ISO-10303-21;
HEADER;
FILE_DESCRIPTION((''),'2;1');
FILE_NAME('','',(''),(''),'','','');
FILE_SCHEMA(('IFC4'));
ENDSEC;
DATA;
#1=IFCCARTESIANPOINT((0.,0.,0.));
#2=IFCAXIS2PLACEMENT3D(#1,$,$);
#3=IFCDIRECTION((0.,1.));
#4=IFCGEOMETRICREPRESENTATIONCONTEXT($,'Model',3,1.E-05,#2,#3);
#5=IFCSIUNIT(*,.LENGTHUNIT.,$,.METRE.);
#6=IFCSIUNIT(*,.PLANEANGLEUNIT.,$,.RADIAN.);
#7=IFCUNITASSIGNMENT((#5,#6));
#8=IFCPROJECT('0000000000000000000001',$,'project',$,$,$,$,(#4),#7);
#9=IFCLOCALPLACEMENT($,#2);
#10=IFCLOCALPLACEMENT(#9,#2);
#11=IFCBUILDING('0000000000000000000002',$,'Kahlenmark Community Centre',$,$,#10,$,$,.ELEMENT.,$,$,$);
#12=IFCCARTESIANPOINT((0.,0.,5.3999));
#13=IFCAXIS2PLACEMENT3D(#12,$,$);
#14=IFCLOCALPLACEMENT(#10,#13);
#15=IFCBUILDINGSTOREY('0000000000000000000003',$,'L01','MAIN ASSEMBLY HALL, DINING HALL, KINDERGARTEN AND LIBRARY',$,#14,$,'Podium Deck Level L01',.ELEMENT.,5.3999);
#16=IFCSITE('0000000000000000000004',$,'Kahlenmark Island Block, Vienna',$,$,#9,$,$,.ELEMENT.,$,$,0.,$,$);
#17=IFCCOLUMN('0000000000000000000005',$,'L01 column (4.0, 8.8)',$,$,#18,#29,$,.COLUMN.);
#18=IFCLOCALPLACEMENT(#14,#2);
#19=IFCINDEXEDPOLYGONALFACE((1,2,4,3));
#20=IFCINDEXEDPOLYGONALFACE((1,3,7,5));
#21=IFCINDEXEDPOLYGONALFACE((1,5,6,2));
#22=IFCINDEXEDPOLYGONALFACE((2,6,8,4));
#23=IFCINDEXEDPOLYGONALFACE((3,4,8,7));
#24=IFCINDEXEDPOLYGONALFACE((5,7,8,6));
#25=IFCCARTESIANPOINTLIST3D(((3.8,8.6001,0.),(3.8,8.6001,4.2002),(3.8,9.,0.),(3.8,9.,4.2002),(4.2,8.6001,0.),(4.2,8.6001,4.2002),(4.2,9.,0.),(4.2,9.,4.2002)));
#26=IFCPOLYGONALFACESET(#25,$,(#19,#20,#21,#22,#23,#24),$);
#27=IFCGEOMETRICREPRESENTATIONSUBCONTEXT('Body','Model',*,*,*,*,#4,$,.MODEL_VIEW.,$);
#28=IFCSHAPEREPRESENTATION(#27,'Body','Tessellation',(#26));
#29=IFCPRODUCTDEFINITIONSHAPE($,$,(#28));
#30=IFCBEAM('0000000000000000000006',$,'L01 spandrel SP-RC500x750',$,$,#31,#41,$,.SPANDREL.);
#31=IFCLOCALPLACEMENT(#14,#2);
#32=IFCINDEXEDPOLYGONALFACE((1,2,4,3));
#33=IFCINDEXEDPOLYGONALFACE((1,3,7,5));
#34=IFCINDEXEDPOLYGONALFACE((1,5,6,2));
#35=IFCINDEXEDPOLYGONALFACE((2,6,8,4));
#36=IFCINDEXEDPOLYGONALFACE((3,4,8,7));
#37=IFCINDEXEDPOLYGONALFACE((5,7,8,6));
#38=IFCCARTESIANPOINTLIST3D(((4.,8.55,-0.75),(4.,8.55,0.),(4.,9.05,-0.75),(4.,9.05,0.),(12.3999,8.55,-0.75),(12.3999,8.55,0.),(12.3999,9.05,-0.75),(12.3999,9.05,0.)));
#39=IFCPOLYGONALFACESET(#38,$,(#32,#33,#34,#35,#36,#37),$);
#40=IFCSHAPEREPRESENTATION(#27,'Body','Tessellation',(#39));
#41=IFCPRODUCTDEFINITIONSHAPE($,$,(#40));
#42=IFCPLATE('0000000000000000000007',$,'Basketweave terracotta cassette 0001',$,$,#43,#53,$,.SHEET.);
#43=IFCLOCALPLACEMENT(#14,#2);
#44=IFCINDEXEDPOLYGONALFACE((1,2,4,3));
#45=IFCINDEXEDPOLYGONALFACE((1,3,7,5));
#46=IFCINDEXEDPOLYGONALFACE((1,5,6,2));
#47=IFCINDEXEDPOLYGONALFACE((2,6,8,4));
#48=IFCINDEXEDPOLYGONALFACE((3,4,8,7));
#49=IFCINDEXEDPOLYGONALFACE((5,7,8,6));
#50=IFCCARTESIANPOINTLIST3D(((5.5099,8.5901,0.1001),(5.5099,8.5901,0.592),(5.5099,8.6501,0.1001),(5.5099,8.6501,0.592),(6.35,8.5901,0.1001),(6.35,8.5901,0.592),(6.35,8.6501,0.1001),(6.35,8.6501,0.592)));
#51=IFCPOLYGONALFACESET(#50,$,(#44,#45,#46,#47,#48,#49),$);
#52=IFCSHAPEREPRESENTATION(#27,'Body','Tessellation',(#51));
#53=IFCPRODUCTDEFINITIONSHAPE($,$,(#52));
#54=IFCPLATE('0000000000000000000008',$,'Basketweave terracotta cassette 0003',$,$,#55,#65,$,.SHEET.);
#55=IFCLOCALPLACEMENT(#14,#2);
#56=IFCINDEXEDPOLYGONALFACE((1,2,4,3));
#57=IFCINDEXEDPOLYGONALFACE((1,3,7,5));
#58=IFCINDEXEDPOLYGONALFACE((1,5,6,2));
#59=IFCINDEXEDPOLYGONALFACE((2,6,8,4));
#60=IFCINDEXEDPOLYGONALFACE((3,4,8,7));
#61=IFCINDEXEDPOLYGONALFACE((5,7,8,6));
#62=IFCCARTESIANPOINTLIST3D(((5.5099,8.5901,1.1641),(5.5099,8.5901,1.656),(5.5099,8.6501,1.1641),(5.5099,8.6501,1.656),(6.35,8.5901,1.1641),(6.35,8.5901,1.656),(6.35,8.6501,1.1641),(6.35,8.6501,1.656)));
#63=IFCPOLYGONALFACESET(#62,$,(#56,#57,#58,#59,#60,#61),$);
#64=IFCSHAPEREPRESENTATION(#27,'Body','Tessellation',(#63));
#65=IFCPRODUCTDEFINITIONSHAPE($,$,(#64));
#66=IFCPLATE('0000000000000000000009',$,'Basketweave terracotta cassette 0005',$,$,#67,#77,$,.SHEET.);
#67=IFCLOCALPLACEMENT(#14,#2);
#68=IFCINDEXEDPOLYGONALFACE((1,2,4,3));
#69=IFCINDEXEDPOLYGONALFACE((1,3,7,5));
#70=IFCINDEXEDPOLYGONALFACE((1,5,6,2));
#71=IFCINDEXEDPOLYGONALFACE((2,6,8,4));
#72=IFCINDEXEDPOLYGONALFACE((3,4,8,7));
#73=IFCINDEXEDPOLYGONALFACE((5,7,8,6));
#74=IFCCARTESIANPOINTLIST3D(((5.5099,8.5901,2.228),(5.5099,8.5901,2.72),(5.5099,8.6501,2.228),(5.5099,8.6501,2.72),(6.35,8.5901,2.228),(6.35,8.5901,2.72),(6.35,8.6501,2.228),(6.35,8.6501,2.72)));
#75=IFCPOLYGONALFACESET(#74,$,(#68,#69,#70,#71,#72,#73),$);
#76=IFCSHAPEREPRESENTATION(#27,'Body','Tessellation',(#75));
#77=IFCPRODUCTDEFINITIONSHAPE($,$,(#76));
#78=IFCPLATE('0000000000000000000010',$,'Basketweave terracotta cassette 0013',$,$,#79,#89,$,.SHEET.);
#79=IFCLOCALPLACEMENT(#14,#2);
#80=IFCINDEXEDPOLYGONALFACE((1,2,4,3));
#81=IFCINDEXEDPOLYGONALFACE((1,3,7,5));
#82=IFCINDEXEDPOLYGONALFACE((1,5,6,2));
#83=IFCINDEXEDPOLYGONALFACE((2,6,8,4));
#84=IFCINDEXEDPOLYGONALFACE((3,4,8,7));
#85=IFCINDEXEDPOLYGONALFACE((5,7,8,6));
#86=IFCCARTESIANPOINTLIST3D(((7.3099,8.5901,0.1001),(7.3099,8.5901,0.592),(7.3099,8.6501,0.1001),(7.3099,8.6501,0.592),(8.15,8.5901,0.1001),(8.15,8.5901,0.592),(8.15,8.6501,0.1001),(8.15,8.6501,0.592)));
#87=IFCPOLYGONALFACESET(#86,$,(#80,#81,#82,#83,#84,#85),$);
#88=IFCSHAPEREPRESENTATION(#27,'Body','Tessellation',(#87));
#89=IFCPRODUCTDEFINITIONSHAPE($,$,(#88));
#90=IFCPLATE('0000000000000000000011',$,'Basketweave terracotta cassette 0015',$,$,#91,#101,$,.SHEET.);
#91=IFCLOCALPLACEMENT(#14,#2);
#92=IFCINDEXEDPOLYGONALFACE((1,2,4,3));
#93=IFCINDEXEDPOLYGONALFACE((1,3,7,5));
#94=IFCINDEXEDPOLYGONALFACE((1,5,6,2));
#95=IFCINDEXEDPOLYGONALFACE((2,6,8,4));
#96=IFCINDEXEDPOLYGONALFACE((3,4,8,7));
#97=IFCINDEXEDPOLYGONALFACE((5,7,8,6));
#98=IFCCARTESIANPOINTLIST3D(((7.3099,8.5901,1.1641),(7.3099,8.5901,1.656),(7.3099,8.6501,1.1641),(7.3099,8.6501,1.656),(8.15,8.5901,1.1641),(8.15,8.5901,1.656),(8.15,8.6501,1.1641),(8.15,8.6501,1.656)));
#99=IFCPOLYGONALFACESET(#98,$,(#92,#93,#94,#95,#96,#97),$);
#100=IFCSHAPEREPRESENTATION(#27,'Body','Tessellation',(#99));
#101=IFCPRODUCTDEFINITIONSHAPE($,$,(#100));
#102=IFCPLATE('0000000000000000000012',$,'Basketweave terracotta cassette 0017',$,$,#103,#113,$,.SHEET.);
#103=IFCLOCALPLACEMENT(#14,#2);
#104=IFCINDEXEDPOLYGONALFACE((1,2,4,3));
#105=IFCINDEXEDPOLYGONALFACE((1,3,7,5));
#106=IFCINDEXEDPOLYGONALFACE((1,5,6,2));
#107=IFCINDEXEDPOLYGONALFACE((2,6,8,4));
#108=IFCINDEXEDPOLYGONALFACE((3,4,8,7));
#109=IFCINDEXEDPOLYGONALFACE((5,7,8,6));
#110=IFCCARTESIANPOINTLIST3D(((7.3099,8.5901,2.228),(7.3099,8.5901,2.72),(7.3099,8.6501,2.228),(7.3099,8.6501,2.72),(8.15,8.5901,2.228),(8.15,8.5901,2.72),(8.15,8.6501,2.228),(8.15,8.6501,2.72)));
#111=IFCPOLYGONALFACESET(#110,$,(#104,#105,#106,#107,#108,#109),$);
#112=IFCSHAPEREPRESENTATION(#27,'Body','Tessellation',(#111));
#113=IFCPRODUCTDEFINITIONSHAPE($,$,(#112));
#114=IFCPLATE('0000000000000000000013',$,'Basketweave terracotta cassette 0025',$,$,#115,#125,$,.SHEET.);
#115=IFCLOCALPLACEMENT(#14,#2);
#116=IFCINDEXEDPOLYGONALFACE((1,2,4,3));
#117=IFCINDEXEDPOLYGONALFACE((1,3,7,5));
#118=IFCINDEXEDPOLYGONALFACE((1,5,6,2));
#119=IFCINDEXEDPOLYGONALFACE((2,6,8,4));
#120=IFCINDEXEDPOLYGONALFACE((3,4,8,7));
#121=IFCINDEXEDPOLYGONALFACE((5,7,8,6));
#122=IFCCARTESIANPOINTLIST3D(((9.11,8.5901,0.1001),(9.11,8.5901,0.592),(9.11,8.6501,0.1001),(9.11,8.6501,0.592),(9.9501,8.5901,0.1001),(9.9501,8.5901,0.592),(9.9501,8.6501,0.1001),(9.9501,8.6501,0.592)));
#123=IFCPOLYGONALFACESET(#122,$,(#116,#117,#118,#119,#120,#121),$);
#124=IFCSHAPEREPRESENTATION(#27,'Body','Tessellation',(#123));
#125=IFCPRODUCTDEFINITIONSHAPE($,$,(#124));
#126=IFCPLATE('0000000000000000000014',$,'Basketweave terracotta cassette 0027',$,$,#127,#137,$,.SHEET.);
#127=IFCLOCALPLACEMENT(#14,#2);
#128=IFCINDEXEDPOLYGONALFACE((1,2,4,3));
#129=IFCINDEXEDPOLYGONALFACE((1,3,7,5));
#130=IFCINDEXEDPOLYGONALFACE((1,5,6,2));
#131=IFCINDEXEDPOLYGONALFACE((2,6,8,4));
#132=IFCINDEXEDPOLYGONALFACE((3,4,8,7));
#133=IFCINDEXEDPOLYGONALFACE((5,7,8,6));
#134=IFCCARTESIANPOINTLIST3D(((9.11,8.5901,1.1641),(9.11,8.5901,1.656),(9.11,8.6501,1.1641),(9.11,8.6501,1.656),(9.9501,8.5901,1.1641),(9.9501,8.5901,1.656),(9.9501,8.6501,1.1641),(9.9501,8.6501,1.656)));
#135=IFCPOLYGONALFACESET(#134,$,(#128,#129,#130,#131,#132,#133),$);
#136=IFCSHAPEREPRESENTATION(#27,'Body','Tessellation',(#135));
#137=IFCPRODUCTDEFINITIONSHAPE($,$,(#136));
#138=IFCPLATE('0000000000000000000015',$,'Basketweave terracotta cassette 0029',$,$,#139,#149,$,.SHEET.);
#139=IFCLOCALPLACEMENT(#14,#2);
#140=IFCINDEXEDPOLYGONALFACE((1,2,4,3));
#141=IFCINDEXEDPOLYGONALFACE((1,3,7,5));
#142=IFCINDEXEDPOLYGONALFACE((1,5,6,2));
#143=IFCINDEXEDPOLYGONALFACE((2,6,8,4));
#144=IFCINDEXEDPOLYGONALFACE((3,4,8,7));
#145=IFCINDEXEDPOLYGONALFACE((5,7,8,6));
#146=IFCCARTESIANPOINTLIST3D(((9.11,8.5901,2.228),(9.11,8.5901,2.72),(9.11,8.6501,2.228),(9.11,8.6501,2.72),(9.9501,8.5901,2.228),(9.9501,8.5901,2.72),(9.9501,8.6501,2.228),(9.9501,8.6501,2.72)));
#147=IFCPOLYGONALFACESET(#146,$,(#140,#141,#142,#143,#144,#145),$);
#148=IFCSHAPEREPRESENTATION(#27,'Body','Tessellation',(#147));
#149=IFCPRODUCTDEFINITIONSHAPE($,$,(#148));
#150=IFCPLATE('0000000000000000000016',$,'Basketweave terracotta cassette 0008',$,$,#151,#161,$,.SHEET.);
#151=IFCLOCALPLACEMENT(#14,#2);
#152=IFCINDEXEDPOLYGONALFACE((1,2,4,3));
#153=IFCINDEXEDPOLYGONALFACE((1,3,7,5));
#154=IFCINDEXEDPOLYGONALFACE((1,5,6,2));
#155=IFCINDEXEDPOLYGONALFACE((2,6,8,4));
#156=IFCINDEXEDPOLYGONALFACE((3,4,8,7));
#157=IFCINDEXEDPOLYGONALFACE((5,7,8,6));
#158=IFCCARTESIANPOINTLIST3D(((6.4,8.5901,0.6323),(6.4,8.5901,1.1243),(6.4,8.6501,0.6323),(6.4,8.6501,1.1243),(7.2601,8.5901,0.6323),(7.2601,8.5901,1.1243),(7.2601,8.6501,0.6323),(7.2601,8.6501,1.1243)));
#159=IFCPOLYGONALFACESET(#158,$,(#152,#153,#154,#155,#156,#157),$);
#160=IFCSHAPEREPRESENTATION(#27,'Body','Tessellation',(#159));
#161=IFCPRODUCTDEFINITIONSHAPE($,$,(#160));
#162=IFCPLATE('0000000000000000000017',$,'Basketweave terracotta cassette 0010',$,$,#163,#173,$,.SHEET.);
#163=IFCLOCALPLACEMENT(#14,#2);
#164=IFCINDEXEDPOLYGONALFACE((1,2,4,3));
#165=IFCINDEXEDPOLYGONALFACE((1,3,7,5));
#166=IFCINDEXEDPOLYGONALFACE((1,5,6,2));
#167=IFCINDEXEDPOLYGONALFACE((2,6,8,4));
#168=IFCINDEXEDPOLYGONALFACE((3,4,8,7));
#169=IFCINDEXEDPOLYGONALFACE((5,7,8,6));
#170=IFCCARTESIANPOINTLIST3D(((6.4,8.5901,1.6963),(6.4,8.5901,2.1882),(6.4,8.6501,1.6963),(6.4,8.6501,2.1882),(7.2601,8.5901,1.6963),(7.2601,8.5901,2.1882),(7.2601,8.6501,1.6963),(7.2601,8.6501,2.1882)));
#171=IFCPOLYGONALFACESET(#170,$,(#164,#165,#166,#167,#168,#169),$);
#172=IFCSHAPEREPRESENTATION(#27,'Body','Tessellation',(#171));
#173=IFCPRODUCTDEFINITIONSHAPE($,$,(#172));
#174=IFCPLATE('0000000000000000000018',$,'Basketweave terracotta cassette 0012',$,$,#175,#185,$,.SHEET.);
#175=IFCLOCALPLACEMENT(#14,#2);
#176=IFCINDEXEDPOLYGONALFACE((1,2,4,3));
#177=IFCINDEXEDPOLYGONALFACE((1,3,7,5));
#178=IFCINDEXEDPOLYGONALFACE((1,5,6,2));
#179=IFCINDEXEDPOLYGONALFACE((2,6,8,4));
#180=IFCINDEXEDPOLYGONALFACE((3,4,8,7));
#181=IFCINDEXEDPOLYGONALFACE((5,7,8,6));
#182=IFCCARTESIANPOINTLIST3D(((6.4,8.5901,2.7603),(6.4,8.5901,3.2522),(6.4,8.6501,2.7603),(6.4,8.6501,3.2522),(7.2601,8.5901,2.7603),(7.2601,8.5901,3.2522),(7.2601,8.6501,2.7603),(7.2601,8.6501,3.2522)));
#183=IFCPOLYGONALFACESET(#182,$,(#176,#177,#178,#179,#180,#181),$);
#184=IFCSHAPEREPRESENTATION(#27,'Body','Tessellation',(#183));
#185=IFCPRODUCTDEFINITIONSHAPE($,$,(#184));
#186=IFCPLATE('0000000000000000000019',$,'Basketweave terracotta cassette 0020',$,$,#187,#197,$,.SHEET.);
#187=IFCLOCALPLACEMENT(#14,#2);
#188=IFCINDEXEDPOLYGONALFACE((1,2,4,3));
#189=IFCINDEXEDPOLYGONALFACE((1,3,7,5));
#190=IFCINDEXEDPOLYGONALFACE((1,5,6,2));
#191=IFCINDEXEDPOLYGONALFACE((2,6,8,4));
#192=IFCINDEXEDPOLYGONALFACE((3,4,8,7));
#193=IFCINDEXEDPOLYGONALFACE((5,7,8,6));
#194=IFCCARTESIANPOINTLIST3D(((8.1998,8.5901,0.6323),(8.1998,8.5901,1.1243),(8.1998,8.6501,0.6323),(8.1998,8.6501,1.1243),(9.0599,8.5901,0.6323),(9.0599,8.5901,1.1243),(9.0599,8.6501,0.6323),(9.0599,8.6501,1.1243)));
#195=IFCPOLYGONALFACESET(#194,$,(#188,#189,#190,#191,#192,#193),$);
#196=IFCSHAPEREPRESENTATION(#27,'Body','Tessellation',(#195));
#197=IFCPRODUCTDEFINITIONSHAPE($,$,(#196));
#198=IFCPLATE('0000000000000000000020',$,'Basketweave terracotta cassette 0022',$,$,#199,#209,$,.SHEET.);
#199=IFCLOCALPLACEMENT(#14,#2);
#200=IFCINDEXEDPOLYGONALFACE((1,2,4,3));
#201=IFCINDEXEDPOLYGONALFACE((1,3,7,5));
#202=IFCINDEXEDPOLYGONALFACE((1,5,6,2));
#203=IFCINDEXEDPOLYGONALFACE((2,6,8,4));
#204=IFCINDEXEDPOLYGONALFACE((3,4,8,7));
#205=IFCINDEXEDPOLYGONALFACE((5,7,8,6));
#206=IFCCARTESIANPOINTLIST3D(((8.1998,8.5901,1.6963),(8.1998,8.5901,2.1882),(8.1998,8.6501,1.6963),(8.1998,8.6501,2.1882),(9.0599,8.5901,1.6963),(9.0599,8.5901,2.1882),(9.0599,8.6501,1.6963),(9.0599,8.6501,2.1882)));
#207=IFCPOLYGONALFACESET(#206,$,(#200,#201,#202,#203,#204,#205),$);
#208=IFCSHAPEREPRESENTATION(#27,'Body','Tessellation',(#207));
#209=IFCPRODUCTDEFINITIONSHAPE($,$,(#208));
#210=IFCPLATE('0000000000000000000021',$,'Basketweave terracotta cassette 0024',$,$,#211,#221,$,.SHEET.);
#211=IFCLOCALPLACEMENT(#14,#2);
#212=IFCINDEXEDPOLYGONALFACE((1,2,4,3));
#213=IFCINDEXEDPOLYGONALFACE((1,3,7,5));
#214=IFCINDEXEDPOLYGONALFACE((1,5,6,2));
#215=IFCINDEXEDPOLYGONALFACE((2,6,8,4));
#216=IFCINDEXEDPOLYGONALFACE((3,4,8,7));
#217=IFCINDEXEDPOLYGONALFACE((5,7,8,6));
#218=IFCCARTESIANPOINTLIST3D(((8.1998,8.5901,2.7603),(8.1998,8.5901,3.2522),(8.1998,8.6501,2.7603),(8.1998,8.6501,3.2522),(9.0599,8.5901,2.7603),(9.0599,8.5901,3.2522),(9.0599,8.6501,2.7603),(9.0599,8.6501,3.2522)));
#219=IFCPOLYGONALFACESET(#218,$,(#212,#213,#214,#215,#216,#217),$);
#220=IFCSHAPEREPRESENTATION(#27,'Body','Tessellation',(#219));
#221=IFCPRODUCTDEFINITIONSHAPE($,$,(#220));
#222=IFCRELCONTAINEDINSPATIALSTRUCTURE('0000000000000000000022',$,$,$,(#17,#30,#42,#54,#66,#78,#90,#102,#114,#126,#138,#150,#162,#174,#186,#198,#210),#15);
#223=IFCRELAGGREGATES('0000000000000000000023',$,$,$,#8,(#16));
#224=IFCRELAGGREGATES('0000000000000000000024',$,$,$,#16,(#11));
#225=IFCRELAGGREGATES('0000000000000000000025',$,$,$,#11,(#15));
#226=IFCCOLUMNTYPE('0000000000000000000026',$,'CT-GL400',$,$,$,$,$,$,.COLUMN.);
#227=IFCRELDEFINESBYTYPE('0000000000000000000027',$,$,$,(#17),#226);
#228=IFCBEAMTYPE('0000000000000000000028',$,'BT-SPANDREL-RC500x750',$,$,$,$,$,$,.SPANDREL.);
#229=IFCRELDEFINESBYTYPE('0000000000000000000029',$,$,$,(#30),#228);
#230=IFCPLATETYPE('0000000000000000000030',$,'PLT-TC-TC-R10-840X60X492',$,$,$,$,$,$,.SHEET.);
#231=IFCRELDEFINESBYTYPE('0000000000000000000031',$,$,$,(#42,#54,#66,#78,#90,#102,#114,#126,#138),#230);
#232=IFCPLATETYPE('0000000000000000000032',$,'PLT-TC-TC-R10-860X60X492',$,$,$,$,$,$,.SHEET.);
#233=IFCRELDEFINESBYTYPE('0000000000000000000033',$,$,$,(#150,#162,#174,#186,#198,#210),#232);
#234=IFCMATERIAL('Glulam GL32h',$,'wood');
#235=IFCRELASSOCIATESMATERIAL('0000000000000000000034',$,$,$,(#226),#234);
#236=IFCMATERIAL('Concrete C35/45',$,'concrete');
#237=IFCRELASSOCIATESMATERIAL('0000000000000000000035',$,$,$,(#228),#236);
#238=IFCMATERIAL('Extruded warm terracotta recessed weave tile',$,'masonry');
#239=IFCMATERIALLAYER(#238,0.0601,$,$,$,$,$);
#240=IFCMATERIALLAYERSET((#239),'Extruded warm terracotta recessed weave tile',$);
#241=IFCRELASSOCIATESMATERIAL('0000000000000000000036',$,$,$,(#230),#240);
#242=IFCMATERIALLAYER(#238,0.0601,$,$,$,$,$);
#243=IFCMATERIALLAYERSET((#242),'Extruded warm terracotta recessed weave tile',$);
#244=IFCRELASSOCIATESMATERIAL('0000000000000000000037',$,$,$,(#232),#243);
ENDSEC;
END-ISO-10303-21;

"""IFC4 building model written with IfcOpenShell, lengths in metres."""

from ifc_helpers import new_model, si_unit, direction, frame, origin, origin_2d, place, context, subcontext, project, spatial, rectangle, extrude, material, layer, layer_set, material_profile, profile_set, type_object, element, save


model = new_model("IFC4")

# Units and contexts
model_context = context("Model", 3, precision=1e-05, world=origin(), true_north=direction((0.0, 1.0)))
body_context = subcontext(model_context, "Body", "Model", "MODEL_VIEW")
ifc_project = project(units=[si_unit("LENGTHUNIT", "METRE"), si_unit("PLANEANGLEUNIT", "RADIAN")], contexts=[model_context])

# Site, building, storey
site_placement = place(None, origin())
site = spatial("IfcSite", under=ifc_project, at=site_placement, Name="Kahlenmark Island Block, Vienna", CompositionType="ELEMENT", RefElevation=0.0)
building_placement = place(site_placement, origin())
building = spatial("IfcBuilding", under=site, at=building_placement, Name="Kahlenmark Community Centre", CompositionType="ELEMENT")
storey_placement = place(building_placement, frame((0.0, 0.0, 5.3999)))
storey = spatial("IfcBuildingStorey", under=building, at=storey_placement, Name="L01", Description="MAIN ASSEMBLY HALL, DINING HALL, KINDERGARTEN AND LIBRARY", LongName="Podium Deck Level L01", CompositionType="ELEMENT", Elevation=5.3999)

# Column
ifc_material_1 = material(Name="Glulam GL32h", Category="wood")
ifc_material_profile_1 = material_profile(ifc_material_1, rectangle(XDim=0.3999, YDim=0.3999, at=origin_2d()), Name="GL32h 400x400")
ifc_profile_set_1 = profile_set([ifc_material_profile_1], Name="Glulam GL32h")
column_type = type_object("IfcColumnType", Name="CT-GL400", PredefinedType="COLUMN", material=ifc_profile_set_1)
column_placement = place(storey_placement, frame((4.0, 8.8, 0.0), z_axis=(0.0, 0.0, 1.0), x_axis=(1.0, 0.0, 0.0)))
element("IfcColumn", 1, at=column_placement, inside=storey, type_object=column_type, Name="L01 column (4.0, 8.8)", PredefinedType="COLUMN", context=body_context, shape_type="SweptSolid", body=[
    extrude(rectangle(XDim=0.3999, YDim=0.3999, at=origin_2d()), origin(), (0.0, 0.0, 1.0), 4.2002),
])

# Beam
ifc_material_2 = material(Name="Concrete C35/45", Category="concrete")
ifc_material_profile_2 = material_profile(ifc_material_2, rectangle(XDim=0.5, YDim=0.75, at=origin_2d()), Name="RC 500x750")
ifc_profile_set_2 = profile_set([ifc_material_profile_2], Name="Concrete C35/45")
beam_type = type_object("IfcBeamType", Name="BT-SPANDREL-RC500x750", PredefinedType="SPANDREL", material=ifc_profile_set_2)
beam_placement = place(storey_placement, frame((4.0, 8.8, -0.375), z_axis=(1.0, 0.0, 0.0), x_axis=(0.0, 1.0, 0.0)))
element("IfcBeam", 2, at=beam_placement, inside=storey, type_object=beam_type, Name="L01 spandrel SP-RC500x750", PredefinedType="SPANDREL", context=body_context, shape_type="SweptSolid", body=[
    extrude(rectangle(XDim=0.5, YDim=0.75, at=origin_2d()), origin(), (0.0, 0.0, 1.0), 8.3999),
])

# Plates
ifc_material_3 = material(Name="Extruded warm terracotta recessed weave tile", Category="masonry")
ifc_layer_1 = layer(ifc_material_3, 0.0601)
ifc_layer_set_1 = layer_set([ifc_layer_1], Name="Extruded warm terracotta recessed weave tile")
plate_type_1 = type_object("IfcPlateType", Name="PLT-TC-TC-R10-840X60X492", PredefinedType="SHEET", material=ifc_layer_set_1)
for number, where, z_axis, x_axis, name in (
    (3, (5.9299, 8.6201, 0.1001), (0.0, 0.0, 1.0), (1.0, 0.0, 0.0), "Basketweave terracotta cassette 0001"),
    (4, (5.9299, 8.6201, 1.1641), (0.0, 0.0, 1.0), (1.0, 0.0, 0.0), "Basketweave terracotta cassette 0003"),
    (5, (5.9299, 8.6201, 2.228), (0.0, 0.0, 1.0), (1.0, 0.0, 0.0), "Basketweave terracotta cassette 0005"),
    (6, (7.73, 8.6201, 0.1001), (0.0, 0.0, 1.0), (1.0, 0.0, 0.0), "Basketweave terracotta cassette 0013"),
    (7, (7.73, 8.6201, 1.1641), (0.0, 0.0, 1.0), (1.0, 0.0, 0.0), "Basketweave terracotta cassette 0015"),
    (8, (7.73, 8.6201, 2.228), (0.0, 0.0, 1.0), (1.0, 0.0, 0.0), "Basketweave terracotta cassette 0017"),
    (9, (9.53, 8.6201, 0.1001), (0.0, 0.0, 1.0), (1.0, 0.0, 0.0), "Basketweave terracotta cassette 0025"),
    (10, (9.53, 8.6201, 1.1641), (0.0, 0.0, 1.0), (1.0, 0.0, 0.0), "Basketweave terracotta cassette 0027"),
    (11, (9.53, 8.6201, 2.228), (0.0, 0.0, 1.0), (1.0, 0.0, 0.0), "Basketweave terracotta cassette 0029"),
):
    element("IfcPlate", number, at=place(storey_placement, frame(where, z_axis=z_axis, x_axis=x_axis)), inside=storey, type_object=plate_type_1, Name=name, PredefinedType="SHEET", context=body_context, shape_type="SweptSolid", body=[
        extrude(rectangle(XDim=0.8401, YDim=0.0601, at=origin_2d()), origin(), (0.0, 0.0, 1.0), 0.4919),
    ])
ifc_layer_2 = layer(ifc_material_3, 0.0601)
ifc_layer_set_2 = layer_set([ifc_layer_2], Name="Extruded warm terracotta recessed weave tile")
plate_type_2 = type_object("IfcPlateType", Name="PLT-TC-TC-R10-860X60X492", PredefinedType="SHEET", material=ifc_layer_set_2)
for number, where, z_axis, x_axis, name in (
    (12, (6.8301, 8.6201, 0.6323), (0.0, 0.0, 1.0), (1.0, 0.0, 0.0), "Basketweave terracotta cassette 0008"),
    (13, (6.8301, 8.6201, 1.6963), (0.0, 0.0, 1.0), (1.0, 0.0, 0.0), "Basketweave terracotta cassette 0010"),
    (14, (6.8301, 8.6201, 2.7603), (0.0, 0.0, 1.0), (1.0, 0.0, 0.0), "Basketweave terracotta cassette 0012"),
    (15, (8.6299, 8.6201, 0.6323), (0.0, 0.0, 1.0), (1.0, 0.0, 0.0), "Basketweave terracotta cassette 0020"),
    (16, (8.6299, 8.6201, 1.6963), (0.0, 0.0, 1.0), (1.0, 0.0, 0.0), "Basketweave terracotta cassette 0022"),
    (17, (8.6299, 8.6201, 2.7603), (0.0, 0.0, 1.0), (1.0, 0.0, 0.0), "Basketweave terracotta cassette 0024"),
):
    element("IfcPlate", number, at=place(storey_placement, frame(where, z_axis=z_axis, x_axis=x_axis)), inside=storey, type_object=plate_type_2, Name=name, PredefinedType="SHEET", context=body_context, shape_type="SweptSolid", body=[
        extrude(rectangle(XDim=0.8601, YDim=0.0601, at=origin_2d()), origin(), (0.0, 0.0, 1.0), 0.4919),
    ])

save(model, "model.ifc")
